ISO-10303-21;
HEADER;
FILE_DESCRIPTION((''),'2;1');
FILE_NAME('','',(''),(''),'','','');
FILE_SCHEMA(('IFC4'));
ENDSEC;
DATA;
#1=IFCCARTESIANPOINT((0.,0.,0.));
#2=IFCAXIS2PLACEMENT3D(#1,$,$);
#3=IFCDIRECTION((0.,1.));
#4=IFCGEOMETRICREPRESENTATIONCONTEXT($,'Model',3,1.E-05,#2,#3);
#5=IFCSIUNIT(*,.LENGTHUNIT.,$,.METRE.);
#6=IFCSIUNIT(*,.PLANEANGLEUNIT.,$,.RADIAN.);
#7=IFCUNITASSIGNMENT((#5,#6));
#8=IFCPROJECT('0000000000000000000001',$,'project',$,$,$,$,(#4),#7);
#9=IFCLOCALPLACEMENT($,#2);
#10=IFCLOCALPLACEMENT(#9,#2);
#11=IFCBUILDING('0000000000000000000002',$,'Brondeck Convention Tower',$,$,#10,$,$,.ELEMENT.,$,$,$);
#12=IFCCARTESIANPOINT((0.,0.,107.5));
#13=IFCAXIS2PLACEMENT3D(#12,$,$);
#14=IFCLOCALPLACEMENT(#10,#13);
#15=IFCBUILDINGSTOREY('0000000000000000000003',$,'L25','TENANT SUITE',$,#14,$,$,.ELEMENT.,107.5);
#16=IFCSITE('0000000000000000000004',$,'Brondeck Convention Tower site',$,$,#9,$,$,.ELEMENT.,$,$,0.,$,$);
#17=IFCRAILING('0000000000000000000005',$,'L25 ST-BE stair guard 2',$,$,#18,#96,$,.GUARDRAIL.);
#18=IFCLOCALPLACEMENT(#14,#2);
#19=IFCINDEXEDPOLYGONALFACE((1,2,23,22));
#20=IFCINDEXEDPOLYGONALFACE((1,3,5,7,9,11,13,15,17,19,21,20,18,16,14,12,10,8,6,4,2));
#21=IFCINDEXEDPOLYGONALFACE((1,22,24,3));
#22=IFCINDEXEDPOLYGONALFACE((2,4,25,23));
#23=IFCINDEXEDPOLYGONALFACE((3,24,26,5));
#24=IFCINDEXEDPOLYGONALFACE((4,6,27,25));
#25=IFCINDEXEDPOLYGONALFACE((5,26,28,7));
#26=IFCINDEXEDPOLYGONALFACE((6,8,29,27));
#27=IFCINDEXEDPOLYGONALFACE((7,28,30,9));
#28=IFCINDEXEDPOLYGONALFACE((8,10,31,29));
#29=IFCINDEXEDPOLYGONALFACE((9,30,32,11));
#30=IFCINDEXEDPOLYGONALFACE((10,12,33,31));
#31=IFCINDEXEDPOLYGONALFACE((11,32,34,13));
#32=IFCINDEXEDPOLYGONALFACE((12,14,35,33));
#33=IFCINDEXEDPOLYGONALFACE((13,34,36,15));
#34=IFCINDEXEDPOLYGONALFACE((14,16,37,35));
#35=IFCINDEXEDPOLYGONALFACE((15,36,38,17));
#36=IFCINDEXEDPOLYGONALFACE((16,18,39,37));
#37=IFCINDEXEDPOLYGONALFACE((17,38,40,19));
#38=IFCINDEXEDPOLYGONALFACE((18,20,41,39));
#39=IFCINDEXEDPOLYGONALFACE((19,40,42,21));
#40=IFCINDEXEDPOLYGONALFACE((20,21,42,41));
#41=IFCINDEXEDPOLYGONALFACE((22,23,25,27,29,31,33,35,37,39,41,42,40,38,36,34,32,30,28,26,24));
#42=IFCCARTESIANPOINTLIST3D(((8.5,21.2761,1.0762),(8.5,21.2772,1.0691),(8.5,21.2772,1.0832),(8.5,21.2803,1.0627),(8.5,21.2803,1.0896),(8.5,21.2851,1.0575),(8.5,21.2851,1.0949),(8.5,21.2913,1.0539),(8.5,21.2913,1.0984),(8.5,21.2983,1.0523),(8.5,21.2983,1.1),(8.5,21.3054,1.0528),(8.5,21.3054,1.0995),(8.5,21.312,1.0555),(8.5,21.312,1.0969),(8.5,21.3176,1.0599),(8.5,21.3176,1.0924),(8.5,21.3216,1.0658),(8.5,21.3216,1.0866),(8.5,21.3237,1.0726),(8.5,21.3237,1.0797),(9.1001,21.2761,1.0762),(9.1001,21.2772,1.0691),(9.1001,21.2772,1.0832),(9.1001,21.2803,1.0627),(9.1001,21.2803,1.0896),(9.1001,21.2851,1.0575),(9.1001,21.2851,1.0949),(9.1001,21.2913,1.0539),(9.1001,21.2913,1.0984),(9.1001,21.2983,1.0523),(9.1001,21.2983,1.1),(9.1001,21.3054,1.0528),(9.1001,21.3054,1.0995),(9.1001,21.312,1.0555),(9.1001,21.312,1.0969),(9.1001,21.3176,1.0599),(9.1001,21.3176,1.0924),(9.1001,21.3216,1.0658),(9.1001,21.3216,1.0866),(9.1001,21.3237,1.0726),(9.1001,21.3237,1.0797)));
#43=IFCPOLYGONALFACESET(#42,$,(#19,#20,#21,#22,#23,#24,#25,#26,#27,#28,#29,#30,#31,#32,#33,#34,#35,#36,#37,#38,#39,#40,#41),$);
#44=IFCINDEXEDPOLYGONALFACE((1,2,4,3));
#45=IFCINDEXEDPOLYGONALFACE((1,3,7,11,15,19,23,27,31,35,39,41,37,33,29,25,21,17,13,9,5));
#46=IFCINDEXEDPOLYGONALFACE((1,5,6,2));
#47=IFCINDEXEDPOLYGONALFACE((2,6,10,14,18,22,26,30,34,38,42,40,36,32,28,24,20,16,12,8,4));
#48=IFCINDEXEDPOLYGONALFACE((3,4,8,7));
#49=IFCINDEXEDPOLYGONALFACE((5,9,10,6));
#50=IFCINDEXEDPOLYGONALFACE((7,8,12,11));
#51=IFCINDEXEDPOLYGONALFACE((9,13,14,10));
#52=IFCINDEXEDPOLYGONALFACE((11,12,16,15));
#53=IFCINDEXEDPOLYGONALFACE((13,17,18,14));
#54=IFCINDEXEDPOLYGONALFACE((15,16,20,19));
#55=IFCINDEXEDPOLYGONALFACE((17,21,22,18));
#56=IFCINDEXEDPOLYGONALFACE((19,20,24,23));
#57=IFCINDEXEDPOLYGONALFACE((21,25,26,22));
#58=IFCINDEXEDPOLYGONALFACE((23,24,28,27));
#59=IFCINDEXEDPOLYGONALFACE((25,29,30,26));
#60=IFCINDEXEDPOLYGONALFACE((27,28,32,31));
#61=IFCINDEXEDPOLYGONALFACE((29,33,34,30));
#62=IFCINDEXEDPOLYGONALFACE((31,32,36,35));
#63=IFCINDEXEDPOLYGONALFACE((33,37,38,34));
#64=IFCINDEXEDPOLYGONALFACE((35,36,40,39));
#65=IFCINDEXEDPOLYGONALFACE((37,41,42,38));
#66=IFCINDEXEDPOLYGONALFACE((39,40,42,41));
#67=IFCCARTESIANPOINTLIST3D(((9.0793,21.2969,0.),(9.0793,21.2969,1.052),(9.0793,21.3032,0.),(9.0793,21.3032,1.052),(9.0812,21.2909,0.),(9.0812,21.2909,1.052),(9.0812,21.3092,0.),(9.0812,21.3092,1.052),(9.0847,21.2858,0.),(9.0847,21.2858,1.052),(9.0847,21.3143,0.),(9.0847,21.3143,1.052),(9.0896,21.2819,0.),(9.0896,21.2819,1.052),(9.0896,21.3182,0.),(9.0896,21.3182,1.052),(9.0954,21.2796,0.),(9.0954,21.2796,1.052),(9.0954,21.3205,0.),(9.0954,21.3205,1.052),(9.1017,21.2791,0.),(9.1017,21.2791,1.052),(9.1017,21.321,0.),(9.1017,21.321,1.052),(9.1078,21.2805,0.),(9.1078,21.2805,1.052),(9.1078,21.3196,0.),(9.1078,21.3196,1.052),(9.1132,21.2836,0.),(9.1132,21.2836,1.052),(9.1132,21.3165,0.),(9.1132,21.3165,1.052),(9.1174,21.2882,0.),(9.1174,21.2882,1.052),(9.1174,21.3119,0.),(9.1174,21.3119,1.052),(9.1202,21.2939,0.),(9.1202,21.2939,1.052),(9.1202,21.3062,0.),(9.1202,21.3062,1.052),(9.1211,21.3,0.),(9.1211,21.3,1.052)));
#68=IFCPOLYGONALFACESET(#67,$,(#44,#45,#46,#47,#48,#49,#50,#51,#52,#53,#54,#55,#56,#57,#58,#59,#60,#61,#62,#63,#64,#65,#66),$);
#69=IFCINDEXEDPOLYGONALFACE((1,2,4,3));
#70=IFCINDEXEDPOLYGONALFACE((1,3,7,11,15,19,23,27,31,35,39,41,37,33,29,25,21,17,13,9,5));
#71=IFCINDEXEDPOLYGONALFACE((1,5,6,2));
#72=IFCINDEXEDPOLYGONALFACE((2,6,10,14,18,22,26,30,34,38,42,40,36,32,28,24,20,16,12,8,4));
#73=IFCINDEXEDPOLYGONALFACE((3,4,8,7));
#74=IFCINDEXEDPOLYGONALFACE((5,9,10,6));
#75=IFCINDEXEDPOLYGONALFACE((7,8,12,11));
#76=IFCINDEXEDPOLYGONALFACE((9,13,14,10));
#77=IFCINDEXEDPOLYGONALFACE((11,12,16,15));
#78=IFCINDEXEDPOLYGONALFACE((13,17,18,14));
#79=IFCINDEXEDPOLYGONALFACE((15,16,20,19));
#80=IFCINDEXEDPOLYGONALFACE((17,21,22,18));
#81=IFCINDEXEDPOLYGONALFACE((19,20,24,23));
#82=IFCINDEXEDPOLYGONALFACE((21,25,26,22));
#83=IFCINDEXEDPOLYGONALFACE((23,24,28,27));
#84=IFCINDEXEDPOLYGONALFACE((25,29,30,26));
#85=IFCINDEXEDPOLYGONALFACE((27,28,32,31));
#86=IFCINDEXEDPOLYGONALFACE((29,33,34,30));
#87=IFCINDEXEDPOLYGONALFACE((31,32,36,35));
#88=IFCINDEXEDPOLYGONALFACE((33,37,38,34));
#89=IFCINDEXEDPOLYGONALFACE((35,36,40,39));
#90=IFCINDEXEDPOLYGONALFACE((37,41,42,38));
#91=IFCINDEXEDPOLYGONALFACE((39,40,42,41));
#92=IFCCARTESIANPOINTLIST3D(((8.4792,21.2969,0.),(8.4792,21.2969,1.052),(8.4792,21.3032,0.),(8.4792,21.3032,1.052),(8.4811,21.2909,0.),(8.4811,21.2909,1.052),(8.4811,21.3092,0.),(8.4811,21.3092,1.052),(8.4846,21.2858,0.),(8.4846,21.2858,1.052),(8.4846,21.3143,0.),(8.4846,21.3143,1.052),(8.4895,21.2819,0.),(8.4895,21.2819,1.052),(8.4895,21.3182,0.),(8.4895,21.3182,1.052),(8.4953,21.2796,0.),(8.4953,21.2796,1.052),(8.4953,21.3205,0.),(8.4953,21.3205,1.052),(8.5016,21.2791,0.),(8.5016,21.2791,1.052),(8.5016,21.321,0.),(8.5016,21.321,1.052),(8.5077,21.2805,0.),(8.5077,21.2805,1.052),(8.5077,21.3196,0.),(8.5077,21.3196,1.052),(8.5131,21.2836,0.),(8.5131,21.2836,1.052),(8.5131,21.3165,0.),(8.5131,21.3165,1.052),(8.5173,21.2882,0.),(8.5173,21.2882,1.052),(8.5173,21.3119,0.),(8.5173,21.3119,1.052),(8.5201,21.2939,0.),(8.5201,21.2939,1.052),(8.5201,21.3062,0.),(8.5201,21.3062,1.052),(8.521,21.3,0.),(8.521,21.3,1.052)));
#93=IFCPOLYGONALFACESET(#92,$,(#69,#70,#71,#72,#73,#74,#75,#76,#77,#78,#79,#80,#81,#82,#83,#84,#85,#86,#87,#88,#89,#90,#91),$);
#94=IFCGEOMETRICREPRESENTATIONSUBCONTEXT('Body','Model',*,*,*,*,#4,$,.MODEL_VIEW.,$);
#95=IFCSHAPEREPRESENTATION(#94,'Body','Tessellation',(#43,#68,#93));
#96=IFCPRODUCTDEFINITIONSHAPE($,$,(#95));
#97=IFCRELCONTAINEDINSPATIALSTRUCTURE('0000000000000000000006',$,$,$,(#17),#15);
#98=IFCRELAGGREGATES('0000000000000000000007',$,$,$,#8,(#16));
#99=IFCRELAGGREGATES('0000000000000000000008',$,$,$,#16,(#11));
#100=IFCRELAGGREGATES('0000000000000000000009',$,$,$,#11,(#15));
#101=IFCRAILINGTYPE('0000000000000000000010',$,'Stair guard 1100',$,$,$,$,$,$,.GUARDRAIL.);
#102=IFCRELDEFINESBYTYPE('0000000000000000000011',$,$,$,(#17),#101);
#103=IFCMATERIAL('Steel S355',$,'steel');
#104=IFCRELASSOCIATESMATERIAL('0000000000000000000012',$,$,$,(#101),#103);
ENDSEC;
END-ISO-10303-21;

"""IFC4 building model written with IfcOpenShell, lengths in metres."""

from ifc_helpers import new_model, si_unit, direction, frame, origin, origin_2d, place, context, subcontext, project, spatial, circle, extrude, material, type_object, element, save


model = new_model("IFC4")

# Units and contexts
model_context = context("Model", 3, precision=1e-05, world=origin(), true_north=direction((0.0, 1.0)))
body_context = subcontext(model_context, "Body", "Model", "MODEL_VIEW")
ifc_project = project(units=[si_unit("LENGTHUNIT", "METRE"), si_unit("PLANEANGLEUNIT", "RADIAN")], contexts=[model_context])

# Site, building, storey
site_placement = place(None, origin())
site = spatial("IfcSite", under=ifc_project, at=site_placement, Name="Brondeck Convention Tower site", CompositionType="ELEMENT", RefElevation=0.0)
building_placement = place(site_placement, origin())
building = spatial("IfcBuilding", under=site, at=building_placement, Name="Brondeck Convention Tower", CompositionType="ELEMENT")
storey_placement = place(building_placement, frame((0.0, 0.0, 107.5)))
storey = spatial("IfcBuildingStorey", under=building, at=storey_placement, Name="L25", Description="TENANT SUITE", CompositionType="ELEMENT", Elevation=107.5)

# Shared definitions
ifc_material_1 = material(Name="Steel S355", Category="steel")

# Railing
railing_type_1 = type_object("IfcRailingType", Name="Stair guard 1100", PredefinedType="GUARDRAIL", material=ifc_material_1)
railing_1_placement = place(storey_placement, frame((9.1001, 21.3, 0.0)))
element("IfcRailing", 1, at=railing_1_placement, inside=storey, type_object=railing_type_1, Name="L25 ST-BE stair guard 2", PredefinedType="GUARDRAIL", context=body_context, shape_type="SweptSolid", body=[
    extrude(circle(Radius=0.0239, at=origin_2d()), frame((0.0, 0.0, 1.0762), z_axis=(-1.0, 0.0, 0.0), x_axis=(0.0, -1.0, 0.0)), (0.0, 0.0, 1.0), 0.6001),
    extrude(circle(Radius=0.021, at=origin_2d()), origin(), (0.0, 0.0, 1.0), 1.052),
    extrude(circle(Radius=0.021, at=origin_2d()), frame((-0.6001, 0.0, 0.0)), (0.0, 0.0, 1.0), 1.052),
])

save(model, "model.ifc")
